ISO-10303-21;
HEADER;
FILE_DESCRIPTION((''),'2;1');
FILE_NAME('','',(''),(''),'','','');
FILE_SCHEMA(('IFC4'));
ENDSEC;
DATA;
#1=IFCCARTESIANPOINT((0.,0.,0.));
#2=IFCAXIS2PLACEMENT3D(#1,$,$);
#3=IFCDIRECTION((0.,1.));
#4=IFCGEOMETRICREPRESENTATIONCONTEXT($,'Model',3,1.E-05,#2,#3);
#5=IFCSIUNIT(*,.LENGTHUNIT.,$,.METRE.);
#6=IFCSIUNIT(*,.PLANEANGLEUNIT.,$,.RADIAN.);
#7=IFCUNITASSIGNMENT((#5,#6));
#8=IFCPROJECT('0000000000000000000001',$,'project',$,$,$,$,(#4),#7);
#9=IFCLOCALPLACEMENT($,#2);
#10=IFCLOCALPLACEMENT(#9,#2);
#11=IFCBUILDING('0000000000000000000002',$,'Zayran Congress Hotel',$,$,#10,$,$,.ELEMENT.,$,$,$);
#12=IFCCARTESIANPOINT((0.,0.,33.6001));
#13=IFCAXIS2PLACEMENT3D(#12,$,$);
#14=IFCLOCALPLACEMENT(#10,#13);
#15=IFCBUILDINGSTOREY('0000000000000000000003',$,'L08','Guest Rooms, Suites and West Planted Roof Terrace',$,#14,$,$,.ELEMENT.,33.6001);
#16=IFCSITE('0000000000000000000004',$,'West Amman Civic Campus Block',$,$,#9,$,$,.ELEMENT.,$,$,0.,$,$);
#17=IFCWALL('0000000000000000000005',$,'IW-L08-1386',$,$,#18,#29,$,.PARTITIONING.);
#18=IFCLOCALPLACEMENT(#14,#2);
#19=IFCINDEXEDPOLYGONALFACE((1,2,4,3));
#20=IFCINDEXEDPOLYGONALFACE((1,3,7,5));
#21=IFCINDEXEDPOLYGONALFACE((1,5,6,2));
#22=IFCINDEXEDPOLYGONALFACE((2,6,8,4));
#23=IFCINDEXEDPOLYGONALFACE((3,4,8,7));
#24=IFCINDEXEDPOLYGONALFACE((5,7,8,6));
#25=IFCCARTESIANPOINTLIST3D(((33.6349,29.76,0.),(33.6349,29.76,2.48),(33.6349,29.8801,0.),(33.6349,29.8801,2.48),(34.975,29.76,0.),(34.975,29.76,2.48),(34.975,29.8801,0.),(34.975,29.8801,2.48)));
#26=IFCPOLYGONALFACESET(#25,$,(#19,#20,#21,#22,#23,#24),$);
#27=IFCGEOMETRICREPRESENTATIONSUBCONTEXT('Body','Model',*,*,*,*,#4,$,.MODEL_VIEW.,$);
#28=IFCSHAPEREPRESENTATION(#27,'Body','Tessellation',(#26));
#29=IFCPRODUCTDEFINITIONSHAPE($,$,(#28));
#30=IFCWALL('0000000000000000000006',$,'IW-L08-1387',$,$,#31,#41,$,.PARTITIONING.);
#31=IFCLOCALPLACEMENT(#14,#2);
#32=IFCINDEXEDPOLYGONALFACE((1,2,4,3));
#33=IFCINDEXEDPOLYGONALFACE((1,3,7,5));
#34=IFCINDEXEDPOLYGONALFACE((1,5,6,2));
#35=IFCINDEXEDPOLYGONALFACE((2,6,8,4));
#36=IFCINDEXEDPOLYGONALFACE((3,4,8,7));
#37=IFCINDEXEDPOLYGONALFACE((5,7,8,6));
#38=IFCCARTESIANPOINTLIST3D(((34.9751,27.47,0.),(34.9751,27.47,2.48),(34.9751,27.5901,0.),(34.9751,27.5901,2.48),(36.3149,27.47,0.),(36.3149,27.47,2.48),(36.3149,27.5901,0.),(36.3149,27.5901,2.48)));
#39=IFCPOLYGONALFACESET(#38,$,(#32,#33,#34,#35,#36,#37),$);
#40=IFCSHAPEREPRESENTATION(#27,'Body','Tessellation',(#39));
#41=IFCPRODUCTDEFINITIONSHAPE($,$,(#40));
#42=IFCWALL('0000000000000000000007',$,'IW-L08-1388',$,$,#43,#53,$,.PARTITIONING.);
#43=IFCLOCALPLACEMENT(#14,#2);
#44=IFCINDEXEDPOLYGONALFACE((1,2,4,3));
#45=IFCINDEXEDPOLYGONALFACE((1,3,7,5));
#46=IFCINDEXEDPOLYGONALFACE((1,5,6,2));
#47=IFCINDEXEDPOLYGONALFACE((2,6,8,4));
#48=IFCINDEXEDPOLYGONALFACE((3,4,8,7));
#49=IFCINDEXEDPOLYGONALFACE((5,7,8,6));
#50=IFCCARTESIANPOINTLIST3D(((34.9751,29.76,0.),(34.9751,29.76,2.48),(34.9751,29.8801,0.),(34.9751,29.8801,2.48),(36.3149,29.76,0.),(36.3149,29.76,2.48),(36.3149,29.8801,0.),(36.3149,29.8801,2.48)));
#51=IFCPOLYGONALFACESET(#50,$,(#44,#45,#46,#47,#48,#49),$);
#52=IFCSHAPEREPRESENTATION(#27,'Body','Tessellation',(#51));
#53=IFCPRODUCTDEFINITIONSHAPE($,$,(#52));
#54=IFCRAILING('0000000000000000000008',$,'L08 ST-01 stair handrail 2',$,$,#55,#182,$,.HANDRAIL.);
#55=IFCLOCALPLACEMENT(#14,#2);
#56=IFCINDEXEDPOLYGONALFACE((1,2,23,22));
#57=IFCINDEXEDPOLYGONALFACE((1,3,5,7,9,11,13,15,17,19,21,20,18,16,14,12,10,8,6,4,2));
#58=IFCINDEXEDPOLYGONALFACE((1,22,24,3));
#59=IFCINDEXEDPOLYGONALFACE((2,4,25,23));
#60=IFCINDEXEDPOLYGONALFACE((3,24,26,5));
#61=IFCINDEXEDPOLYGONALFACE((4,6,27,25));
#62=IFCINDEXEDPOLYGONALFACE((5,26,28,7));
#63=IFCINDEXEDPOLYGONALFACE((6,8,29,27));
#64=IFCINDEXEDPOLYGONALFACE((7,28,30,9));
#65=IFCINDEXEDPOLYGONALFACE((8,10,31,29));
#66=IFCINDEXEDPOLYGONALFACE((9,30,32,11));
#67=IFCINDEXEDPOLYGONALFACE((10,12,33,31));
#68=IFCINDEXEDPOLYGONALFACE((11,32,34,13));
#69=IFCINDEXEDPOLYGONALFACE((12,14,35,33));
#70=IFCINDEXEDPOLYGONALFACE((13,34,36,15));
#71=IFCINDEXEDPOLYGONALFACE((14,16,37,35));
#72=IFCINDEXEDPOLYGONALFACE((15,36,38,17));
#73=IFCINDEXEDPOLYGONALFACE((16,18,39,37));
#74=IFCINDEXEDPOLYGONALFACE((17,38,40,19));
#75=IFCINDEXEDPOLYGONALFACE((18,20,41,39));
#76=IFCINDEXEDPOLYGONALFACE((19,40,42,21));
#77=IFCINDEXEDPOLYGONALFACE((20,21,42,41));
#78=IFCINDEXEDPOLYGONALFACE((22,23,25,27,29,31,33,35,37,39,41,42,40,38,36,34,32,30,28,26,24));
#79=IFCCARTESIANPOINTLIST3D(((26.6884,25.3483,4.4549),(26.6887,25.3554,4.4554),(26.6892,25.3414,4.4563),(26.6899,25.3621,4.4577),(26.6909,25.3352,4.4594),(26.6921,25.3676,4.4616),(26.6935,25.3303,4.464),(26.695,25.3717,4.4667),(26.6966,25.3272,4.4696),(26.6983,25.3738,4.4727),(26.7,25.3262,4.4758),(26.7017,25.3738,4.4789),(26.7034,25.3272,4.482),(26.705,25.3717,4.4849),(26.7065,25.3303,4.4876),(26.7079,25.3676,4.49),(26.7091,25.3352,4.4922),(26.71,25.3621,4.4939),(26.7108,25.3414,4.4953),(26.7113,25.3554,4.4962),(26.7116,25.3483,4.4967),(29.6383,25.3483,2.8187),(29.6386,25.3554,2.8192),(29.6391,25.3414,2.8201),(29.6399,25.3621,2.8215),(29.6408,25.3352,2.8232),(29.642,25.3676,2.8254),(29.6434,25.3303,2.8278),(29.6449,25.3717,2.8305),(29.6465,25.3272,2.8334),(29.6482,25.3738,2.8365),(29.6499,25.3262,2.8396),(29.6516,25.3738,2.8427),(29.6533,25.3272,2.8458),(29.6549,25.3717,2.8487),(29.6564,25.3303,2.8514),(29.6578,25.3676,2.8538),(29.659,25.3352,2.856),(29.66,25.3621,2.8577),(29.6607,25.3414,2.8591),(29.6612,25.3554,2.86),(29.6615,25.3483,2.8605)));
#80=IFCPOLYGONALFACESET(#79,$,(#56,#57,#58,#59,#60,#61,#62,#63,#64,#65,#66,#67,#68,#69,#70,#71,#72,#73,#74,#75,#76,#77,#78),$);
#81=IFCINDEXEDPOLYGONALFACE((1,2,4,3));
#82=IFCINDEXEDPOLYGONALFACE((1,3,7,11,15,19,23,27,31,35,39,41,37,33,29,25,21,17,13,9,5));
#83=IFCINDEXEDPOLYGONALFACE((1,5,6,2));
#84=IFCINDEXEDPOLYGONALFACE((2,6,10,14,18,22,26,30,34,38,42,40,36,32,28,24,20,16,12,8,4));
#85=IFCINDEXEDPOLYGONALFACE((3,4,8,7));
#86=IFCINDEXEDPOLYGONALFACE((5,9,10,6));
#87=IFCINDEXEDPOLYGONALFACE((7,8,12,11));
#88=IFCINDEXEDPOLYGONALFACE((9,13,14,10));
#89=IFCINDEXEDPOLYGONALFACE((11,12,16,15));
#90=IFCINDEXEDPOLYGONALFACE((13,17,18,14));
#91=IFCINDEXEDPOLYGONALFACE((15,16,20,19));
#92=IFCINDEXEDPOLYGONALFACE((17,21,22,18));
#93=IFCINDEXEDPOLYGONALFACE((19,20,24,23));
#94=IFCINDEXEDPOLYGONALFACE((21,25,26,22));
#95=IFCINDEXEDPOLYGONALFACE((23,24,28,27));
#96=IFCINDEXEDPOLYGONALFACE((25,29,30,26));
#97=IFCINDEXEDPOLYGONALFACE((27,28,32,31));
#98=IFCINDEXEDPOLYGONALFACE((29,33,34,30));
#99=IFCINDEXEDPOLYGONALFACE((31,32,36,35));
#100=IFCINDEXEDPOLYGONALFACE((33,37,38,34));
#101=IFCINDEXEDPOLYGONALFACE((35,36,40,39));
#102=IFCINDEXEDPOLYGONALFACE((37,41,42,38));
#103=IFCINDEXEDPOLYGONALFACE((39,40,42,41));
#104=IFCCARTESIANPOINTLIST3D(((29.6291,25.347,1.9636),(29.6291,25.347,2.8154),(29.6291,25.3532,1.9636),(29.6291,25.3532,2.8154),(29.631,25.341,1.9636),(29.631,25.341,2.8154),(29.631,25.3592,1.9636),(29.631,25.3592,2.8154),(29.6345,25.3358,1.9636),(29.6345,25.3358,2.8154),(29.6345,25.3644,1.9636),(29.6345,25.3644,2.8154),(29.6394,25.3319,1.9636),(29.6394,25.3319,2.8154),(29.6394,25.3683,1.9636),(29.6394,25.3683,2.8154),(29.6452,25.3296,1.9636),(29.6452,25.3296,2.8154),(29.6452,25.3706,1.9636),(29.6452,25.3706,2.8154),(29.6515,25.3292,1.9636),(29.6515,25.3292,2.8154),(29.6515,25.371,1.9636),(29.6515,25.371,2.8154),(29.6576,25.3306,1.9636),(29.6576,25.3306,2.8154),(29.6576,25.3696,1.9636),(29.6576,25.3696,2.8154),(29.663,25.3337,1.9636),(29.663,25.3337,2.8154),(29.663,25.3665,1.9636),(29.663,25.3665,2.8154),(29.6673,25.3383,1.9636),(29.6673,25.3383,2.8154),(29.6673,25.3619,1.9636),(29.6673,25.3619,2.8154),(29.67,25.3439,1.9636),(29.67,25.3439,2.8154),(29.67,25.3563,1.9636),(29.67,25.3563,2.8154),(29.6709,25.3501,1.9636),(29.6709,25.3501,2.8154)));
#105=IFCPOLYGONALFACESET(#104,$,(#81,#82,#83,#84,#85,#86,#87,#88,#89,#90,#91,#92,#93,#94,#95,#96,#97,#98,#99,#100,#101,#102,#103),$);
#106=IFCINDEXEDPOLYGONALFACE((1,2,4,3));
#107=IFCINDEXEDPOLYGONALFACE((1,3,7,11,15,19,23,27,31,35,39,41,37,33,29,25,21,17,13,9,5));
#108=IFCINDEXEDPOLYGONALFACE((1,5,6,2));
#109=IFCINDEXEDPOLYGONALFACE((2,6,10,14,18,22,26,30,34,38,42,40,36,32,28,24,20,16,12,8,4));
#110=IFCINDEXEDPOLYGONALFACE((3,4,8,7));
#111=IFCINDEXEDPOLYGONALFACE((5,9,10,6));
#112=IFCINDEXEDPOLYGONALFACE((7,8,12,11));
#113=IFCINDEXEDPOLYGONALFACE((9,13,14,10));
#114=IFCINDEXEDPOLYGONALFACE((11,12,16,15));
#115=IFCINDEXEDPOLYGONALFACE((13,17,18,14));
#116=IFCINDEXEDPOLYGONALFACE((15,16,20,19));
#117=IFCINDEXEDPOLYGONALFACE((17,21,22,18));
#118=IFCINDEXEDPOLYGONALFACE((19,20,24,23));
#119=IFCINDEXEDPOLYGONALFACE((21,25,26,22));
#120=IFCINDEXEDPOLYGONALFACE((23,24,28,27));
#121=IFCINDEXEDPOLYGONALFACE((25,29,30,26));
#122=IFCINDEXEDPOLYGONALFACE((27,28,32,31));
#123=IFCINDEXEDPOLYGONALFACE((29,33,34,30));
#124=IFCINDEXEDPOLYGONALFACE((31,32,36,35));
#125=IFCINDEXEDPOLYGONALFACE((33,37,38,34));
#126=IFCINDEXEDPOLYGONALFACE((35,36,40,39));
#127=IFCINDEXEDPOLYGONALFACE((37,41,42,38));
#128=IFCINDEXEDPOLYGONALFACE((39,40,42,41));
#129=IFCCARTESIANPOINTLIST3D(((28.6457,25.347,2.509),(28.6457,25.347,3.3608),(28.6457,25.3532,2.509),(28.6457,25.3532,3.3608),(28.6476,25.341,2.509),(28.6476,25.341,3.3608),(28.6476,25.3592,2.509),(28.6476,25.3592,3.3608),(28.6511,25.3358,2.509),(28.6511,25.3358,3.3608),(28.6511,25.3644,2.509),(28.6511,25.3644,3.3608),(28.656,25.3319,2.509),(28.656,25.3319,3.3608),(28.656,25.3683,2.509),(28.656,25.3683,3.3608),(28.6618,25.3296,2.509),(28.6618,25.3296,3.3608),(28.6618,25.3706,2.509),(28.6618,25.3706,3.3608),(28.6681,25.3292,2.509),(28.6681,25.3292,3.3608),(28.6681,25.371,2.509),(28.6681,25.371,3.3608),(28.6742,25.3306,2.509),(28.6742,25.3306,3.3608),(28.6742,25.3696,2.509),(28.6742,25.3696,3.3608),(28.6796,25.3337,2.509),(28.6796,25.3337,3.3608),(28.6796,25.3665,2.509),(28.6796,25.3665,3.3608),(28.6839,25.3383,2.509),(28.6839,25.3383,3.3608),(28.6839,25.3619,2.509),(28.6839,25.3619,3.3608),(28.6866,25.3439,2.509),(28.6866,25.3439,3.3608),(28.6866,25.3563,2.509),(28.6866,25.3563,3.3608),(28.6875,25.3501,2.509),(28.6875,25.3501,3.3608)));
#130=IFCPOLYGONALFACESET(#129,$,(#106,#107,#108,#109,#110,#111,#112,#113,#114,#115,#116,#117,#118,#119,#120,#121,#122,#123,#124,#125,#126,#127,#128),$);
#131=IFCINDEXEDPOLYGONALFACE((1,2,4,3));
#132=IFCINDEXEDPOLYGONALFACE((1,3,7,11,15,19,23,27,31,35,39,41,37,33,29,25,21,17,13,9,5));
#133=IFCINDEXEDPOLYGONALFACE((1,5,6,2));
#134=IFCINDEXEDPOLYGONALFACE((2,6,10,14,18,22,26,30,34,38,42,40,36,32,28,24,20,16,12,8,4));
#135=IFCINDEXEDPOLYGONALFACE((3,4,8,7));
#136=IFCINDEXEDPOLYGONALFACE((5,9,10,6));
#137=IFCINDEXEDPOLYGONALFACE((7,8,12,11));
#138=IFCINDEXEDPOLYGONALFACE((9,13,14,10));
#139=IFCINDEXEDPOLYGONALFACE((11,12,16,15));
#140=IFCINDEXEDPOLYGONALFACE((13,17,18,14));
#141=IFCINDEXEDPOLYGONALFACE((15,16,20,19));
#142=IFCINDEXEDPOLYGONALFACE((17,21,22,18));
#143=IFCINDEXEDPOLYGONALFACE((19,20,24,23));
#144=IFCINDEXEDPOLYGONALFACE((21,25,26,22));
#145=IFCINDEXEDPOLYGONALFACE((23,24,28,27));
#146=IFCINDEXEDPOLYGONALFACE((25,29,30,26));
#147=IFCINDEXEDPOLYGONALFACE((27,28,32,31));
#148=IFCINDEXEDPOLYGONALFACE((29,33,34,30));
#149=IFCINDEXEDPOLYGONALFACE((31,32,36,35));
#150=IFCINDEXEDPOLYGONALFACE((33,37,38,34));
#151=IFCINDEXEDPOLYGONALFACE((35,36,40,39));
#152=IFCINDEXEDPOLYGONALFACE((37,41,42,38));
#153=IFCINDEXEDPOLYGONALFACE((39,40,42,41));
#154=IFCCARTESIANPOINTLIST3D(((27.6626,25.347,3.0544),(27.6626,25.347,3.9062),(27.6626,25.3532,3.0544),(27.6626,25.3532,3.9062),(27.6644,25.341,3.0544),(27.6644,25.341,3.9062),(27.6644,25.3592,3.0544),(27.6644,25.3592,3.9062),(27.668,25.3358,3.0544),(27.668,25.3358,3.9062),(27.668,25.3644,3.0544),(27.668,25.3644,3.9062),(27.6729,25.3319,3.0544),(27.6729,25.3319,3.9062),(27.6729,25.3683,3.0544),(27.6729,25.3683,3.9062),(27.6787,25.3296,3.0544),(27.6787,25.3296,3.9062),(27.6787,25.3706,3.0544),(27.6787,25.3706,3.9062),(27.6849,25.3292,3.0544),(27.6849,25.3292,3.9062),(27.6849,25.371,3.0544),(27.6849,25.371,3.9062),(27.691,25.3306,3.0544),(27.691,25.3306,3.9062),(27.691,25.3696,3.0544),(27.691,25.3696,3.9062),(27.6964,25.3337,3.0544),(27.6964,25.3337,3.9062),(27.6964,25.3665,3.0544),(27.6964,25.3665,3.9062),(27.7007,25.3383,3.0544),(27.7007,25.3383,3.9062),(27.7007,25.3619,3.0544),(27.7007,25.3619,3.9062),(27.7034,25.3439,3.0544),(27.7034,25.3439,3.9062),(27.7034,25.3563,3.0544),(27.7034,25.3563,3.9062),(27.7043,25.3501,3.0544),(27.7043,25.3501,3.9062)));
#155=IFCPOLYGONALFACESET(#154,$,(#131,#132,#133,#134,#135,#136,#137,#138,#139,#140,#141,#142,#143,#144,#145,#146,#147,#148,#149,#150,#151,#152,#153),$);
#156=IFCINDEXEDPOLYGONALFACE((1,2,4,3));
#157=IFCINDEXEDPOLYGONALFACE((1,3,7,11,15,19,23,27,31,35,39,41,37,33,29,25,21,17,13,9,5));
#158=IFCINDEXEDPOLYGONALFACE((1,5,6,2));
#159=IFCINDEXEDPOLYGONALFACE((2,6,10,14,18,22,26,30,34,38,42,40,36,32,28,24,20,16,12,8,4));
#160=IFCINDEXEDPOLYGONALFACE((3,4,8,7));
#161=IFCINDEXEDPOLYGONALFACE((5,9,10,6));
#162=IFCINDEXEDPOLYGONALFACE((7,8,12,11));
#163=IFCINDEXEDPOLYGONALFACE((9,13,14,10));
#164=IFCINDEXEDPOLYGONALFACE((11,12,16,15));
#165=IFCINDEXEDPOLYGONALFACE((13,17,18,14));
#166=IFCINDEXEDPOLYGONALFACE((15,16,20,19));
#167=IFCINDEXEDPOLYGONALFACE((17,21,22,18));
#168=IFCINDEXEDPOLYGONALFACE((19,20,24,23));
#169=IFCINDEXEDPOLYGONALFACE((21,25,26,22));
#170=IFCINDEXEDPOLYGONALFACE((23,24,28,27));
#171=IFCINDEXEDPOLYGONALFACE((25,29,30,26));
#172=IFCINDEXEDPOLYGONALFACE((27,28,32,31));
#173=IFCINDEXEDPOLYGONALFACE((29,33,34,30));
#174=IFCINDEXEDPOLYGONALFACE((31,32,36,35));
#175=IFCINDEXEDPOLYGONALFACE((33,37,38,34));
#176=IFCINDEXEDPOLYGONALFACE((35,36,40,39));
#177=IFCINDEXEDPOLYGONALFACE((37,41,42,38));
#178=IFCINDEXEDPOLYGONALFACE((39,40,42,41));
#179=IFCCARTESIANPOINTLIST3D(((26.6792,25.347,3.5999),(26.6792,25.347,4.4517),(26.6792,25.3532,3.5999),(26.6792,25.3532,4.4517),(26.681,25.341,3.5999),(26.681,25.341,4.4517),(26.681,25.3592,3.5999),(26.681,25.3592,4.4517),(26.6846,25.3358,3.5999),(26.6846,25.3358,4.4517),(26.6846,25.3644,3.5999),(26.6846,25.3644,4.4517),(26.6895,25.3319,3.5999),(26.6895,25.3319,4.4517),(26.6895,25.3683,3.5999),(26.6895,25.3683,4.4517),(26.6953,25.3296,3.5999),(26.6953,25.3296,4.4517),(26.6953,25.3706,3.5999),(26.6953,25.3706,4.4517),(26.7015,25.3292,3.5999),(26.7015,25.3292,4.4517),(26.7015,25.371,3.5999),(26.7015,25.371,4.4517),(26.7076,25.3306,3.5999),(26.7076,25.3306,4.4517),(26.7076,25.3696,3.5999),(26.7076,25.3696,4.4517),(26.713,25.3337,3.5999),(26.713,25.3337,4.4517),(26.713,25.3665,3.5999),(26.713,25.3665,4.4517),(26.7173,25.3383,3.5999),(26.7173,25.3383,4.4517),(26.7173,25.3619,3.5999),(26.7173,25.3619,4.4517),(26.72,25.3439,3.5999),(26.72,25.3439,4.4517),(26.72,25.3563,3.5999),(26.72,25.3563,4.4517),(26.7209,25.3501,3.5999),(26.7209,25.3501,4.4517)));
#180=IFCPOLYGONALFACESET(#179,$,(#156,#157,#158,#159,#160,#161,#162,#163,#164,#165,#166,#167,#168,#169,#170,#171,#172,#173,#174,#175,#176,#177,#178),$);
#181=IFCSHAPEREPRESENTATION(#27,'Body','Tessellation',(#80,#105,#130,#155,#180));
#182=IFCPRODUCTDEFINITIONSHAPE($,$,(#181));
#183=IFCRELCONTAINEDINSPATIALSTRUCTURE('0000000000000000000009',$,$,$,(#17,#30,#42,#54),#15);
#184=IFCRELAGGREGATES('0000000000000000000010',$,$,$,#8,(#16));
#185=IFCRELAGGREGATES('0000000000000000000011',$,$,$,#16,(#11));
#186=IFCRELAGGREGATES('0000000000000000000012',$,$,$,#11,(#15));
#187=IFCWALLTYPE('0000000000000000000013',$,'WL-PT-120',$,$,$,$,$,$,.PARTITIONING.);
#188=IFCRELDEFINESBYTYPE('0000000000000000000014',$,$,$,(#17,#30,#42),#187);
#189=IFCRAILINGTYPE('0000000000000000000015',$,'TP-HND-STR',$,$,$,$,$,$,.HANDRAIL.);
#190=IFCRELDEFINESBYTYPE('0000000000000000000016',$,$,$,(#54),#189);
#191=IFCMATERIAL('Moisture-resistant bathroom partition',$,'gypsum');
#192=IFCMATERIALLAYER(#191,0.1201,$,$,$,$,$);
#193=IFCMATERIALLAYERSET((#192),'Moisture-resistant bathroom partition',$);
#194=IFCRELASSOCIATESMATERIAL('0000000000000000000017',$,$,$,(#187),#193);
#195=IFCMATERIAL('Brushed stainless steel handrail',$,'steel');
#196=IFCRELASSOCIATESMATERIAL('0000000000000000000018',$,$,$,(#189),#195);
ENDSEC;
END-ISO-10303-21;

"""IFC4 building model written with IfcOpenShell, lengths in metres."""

from ifc_helpers import new_model, si_unit, direction, frame, frame_2d, origin, origin_2d, place, context, subcontext, project, spatial, rectangle, circle, extrude, material, layer, layer_set, type_object, element, save


model = new_model("IFC4")

# Units and contexts
model_context = context("Model", 3, precision=1e-05, world=origin(), true_north=direction((0.0, 1.0)))
body_context = subcontext(model_context, "Body", "Model", "MODEL_VIEW")
ifc_project = project(units=[si_unit("LENGTHUNIT", "METRE"), si_unit("PLANEANGLEUNIT", "RADIAN")], contexts=[model_context])

# Site, building, storey
site_placement = place(None, origin())
site = spatial("IfcSite", under=ifc_project, at=site_placement, Name="West Amman Civic Campus Block", CompositionType="ELEMENT", RefElevation=0.0)
building_placement = place(site_placement, origin())
building = spatial("IfcBuilding", under=site, at=building_placement, Name="Zayran Congress Hotel", CompositionType="ELEMENT")
storey_placement = place(building_placement, frame((0.0, 0.0, 33.6001)))
storey = spatial("IfcBuildingStorey", under=building, at=storey_placement, Name="L08", Description="Guest Rooms, Suites and West Planted Roof Terrace", CompositionType="ELEMENT", Elevation=33.6001)

# Shared definitions
ifc_material_1 = material(Name="Moisture-resistant bathroom partition", Category="gypsum")
ifc_layer_1 = layer(ifc_material_1, 0.1201)
ifc_layer_set_1 = layer_set([ifc_layer_1], Name="Moisture-resistant bathroom partition")
wall_type_1 = type_object("IfcWallType", Name="WL-PT-120", PredefinedType="PARTITIONING", material=ifc_layer_set_1)

# Walls
wall_1_placement = place(storey_placement, frame((33.635, 29.8201, 0.0), z_axis=(0.0, 0.0, 1.0), x_axis=(1.0, 0.0, 0.0)))
element("IfcWall", 1, at=wall_1_placement, inside=storey, type_object=wall_type_1, Name="IW-L08-1386", PredefinedType="PARTITIONING", context=body_context, shape_type="SweptSolid", body=[
    extrude(rectangle(XDim=1.3401, YDim=0.1201, at=frame_2d((0.6699, 0.0))), origin(), (0.0, 0.0, 1.0), 2.48),
])
for number, where, z_axis, x_axis, name in (
    (2, (34.9751, 27.53, 0.0), (0.0, 0.0, 1.0), (1.0, 0.0, 0.0), "IW-L08-1387"),
    (3, (34.9751, 29.8201, 0.0), (0.0, 0.0, 1.0), (1.0, 0.0, 0.0), "IW-L08-1388"),
):
    element("IfcWall", number, at=place(storey_placement, frame(where, z_axis=z_axis, x_axis=x_axis)), inside=storey, type_object=wall_type_1, Name=name, PredefinedType="PARTITIONING", context=body_context, shape_type="SweptSolid", body=[
        extrude(rectangle(XDim=1.3398, YDim=0.1201, at=frame_2d((0.6699, 0.0))), origin(), (0.0, 0.0, 1.0), 2.48),
    ])

# Railing
ifc_material_2 = material(Name="Brushed stainless steel handrail", Category="steel")
railing_type = type_object("IfcRailingType", Name="TP-HND-STR", PredefinedType="HANDRAIL", material=ifc_material_2)
railing_placement = place(storey_placement, frame((29.6499, 25.3501, 1.9636)))
element("IfcRailing", 4, at=railing_placement, inside=storey, type_object=railing_type, Name="L08 ST-01 stair handrail 2", PredefinedType="HANDRAIL", context=body_context, shape_type="SweptSolid", body=[
    extrude(circle(Radius=0.0239, at=origin_2d()), frame((0.0, 0.0, 0.876), z_axis=(-0.874488, 0.0, 0.485047), x_axis=(0.0, -1.0, 0.0)), (0.0, 0.0, 1.0), 3.3733),
    extrude(circle(Radius=0.021, at=origin_2d()), origin(), (0.0, 0.0, 1.0), 0.8518),
    extrude(circle(Radius=0.021, at=origin_2d()), frame((-0.9834, 0.0, 0.5454)), (0.0, 0.0, 1.0), 0.8518),
    extrude(circle(Radius=0.021, at=origin_2d()), frame((-1.9666, 0.0, 1.0908)), (0.0, 0.0, 1.0), 0.8518),
    extrude(circle(Radius=0.021, at=origin_2d()), frame((-2.95, 0.0, 1.6362)), (0.0, 0.0, 1.0), 0.8518),
])

save(model, "model.ifc")
